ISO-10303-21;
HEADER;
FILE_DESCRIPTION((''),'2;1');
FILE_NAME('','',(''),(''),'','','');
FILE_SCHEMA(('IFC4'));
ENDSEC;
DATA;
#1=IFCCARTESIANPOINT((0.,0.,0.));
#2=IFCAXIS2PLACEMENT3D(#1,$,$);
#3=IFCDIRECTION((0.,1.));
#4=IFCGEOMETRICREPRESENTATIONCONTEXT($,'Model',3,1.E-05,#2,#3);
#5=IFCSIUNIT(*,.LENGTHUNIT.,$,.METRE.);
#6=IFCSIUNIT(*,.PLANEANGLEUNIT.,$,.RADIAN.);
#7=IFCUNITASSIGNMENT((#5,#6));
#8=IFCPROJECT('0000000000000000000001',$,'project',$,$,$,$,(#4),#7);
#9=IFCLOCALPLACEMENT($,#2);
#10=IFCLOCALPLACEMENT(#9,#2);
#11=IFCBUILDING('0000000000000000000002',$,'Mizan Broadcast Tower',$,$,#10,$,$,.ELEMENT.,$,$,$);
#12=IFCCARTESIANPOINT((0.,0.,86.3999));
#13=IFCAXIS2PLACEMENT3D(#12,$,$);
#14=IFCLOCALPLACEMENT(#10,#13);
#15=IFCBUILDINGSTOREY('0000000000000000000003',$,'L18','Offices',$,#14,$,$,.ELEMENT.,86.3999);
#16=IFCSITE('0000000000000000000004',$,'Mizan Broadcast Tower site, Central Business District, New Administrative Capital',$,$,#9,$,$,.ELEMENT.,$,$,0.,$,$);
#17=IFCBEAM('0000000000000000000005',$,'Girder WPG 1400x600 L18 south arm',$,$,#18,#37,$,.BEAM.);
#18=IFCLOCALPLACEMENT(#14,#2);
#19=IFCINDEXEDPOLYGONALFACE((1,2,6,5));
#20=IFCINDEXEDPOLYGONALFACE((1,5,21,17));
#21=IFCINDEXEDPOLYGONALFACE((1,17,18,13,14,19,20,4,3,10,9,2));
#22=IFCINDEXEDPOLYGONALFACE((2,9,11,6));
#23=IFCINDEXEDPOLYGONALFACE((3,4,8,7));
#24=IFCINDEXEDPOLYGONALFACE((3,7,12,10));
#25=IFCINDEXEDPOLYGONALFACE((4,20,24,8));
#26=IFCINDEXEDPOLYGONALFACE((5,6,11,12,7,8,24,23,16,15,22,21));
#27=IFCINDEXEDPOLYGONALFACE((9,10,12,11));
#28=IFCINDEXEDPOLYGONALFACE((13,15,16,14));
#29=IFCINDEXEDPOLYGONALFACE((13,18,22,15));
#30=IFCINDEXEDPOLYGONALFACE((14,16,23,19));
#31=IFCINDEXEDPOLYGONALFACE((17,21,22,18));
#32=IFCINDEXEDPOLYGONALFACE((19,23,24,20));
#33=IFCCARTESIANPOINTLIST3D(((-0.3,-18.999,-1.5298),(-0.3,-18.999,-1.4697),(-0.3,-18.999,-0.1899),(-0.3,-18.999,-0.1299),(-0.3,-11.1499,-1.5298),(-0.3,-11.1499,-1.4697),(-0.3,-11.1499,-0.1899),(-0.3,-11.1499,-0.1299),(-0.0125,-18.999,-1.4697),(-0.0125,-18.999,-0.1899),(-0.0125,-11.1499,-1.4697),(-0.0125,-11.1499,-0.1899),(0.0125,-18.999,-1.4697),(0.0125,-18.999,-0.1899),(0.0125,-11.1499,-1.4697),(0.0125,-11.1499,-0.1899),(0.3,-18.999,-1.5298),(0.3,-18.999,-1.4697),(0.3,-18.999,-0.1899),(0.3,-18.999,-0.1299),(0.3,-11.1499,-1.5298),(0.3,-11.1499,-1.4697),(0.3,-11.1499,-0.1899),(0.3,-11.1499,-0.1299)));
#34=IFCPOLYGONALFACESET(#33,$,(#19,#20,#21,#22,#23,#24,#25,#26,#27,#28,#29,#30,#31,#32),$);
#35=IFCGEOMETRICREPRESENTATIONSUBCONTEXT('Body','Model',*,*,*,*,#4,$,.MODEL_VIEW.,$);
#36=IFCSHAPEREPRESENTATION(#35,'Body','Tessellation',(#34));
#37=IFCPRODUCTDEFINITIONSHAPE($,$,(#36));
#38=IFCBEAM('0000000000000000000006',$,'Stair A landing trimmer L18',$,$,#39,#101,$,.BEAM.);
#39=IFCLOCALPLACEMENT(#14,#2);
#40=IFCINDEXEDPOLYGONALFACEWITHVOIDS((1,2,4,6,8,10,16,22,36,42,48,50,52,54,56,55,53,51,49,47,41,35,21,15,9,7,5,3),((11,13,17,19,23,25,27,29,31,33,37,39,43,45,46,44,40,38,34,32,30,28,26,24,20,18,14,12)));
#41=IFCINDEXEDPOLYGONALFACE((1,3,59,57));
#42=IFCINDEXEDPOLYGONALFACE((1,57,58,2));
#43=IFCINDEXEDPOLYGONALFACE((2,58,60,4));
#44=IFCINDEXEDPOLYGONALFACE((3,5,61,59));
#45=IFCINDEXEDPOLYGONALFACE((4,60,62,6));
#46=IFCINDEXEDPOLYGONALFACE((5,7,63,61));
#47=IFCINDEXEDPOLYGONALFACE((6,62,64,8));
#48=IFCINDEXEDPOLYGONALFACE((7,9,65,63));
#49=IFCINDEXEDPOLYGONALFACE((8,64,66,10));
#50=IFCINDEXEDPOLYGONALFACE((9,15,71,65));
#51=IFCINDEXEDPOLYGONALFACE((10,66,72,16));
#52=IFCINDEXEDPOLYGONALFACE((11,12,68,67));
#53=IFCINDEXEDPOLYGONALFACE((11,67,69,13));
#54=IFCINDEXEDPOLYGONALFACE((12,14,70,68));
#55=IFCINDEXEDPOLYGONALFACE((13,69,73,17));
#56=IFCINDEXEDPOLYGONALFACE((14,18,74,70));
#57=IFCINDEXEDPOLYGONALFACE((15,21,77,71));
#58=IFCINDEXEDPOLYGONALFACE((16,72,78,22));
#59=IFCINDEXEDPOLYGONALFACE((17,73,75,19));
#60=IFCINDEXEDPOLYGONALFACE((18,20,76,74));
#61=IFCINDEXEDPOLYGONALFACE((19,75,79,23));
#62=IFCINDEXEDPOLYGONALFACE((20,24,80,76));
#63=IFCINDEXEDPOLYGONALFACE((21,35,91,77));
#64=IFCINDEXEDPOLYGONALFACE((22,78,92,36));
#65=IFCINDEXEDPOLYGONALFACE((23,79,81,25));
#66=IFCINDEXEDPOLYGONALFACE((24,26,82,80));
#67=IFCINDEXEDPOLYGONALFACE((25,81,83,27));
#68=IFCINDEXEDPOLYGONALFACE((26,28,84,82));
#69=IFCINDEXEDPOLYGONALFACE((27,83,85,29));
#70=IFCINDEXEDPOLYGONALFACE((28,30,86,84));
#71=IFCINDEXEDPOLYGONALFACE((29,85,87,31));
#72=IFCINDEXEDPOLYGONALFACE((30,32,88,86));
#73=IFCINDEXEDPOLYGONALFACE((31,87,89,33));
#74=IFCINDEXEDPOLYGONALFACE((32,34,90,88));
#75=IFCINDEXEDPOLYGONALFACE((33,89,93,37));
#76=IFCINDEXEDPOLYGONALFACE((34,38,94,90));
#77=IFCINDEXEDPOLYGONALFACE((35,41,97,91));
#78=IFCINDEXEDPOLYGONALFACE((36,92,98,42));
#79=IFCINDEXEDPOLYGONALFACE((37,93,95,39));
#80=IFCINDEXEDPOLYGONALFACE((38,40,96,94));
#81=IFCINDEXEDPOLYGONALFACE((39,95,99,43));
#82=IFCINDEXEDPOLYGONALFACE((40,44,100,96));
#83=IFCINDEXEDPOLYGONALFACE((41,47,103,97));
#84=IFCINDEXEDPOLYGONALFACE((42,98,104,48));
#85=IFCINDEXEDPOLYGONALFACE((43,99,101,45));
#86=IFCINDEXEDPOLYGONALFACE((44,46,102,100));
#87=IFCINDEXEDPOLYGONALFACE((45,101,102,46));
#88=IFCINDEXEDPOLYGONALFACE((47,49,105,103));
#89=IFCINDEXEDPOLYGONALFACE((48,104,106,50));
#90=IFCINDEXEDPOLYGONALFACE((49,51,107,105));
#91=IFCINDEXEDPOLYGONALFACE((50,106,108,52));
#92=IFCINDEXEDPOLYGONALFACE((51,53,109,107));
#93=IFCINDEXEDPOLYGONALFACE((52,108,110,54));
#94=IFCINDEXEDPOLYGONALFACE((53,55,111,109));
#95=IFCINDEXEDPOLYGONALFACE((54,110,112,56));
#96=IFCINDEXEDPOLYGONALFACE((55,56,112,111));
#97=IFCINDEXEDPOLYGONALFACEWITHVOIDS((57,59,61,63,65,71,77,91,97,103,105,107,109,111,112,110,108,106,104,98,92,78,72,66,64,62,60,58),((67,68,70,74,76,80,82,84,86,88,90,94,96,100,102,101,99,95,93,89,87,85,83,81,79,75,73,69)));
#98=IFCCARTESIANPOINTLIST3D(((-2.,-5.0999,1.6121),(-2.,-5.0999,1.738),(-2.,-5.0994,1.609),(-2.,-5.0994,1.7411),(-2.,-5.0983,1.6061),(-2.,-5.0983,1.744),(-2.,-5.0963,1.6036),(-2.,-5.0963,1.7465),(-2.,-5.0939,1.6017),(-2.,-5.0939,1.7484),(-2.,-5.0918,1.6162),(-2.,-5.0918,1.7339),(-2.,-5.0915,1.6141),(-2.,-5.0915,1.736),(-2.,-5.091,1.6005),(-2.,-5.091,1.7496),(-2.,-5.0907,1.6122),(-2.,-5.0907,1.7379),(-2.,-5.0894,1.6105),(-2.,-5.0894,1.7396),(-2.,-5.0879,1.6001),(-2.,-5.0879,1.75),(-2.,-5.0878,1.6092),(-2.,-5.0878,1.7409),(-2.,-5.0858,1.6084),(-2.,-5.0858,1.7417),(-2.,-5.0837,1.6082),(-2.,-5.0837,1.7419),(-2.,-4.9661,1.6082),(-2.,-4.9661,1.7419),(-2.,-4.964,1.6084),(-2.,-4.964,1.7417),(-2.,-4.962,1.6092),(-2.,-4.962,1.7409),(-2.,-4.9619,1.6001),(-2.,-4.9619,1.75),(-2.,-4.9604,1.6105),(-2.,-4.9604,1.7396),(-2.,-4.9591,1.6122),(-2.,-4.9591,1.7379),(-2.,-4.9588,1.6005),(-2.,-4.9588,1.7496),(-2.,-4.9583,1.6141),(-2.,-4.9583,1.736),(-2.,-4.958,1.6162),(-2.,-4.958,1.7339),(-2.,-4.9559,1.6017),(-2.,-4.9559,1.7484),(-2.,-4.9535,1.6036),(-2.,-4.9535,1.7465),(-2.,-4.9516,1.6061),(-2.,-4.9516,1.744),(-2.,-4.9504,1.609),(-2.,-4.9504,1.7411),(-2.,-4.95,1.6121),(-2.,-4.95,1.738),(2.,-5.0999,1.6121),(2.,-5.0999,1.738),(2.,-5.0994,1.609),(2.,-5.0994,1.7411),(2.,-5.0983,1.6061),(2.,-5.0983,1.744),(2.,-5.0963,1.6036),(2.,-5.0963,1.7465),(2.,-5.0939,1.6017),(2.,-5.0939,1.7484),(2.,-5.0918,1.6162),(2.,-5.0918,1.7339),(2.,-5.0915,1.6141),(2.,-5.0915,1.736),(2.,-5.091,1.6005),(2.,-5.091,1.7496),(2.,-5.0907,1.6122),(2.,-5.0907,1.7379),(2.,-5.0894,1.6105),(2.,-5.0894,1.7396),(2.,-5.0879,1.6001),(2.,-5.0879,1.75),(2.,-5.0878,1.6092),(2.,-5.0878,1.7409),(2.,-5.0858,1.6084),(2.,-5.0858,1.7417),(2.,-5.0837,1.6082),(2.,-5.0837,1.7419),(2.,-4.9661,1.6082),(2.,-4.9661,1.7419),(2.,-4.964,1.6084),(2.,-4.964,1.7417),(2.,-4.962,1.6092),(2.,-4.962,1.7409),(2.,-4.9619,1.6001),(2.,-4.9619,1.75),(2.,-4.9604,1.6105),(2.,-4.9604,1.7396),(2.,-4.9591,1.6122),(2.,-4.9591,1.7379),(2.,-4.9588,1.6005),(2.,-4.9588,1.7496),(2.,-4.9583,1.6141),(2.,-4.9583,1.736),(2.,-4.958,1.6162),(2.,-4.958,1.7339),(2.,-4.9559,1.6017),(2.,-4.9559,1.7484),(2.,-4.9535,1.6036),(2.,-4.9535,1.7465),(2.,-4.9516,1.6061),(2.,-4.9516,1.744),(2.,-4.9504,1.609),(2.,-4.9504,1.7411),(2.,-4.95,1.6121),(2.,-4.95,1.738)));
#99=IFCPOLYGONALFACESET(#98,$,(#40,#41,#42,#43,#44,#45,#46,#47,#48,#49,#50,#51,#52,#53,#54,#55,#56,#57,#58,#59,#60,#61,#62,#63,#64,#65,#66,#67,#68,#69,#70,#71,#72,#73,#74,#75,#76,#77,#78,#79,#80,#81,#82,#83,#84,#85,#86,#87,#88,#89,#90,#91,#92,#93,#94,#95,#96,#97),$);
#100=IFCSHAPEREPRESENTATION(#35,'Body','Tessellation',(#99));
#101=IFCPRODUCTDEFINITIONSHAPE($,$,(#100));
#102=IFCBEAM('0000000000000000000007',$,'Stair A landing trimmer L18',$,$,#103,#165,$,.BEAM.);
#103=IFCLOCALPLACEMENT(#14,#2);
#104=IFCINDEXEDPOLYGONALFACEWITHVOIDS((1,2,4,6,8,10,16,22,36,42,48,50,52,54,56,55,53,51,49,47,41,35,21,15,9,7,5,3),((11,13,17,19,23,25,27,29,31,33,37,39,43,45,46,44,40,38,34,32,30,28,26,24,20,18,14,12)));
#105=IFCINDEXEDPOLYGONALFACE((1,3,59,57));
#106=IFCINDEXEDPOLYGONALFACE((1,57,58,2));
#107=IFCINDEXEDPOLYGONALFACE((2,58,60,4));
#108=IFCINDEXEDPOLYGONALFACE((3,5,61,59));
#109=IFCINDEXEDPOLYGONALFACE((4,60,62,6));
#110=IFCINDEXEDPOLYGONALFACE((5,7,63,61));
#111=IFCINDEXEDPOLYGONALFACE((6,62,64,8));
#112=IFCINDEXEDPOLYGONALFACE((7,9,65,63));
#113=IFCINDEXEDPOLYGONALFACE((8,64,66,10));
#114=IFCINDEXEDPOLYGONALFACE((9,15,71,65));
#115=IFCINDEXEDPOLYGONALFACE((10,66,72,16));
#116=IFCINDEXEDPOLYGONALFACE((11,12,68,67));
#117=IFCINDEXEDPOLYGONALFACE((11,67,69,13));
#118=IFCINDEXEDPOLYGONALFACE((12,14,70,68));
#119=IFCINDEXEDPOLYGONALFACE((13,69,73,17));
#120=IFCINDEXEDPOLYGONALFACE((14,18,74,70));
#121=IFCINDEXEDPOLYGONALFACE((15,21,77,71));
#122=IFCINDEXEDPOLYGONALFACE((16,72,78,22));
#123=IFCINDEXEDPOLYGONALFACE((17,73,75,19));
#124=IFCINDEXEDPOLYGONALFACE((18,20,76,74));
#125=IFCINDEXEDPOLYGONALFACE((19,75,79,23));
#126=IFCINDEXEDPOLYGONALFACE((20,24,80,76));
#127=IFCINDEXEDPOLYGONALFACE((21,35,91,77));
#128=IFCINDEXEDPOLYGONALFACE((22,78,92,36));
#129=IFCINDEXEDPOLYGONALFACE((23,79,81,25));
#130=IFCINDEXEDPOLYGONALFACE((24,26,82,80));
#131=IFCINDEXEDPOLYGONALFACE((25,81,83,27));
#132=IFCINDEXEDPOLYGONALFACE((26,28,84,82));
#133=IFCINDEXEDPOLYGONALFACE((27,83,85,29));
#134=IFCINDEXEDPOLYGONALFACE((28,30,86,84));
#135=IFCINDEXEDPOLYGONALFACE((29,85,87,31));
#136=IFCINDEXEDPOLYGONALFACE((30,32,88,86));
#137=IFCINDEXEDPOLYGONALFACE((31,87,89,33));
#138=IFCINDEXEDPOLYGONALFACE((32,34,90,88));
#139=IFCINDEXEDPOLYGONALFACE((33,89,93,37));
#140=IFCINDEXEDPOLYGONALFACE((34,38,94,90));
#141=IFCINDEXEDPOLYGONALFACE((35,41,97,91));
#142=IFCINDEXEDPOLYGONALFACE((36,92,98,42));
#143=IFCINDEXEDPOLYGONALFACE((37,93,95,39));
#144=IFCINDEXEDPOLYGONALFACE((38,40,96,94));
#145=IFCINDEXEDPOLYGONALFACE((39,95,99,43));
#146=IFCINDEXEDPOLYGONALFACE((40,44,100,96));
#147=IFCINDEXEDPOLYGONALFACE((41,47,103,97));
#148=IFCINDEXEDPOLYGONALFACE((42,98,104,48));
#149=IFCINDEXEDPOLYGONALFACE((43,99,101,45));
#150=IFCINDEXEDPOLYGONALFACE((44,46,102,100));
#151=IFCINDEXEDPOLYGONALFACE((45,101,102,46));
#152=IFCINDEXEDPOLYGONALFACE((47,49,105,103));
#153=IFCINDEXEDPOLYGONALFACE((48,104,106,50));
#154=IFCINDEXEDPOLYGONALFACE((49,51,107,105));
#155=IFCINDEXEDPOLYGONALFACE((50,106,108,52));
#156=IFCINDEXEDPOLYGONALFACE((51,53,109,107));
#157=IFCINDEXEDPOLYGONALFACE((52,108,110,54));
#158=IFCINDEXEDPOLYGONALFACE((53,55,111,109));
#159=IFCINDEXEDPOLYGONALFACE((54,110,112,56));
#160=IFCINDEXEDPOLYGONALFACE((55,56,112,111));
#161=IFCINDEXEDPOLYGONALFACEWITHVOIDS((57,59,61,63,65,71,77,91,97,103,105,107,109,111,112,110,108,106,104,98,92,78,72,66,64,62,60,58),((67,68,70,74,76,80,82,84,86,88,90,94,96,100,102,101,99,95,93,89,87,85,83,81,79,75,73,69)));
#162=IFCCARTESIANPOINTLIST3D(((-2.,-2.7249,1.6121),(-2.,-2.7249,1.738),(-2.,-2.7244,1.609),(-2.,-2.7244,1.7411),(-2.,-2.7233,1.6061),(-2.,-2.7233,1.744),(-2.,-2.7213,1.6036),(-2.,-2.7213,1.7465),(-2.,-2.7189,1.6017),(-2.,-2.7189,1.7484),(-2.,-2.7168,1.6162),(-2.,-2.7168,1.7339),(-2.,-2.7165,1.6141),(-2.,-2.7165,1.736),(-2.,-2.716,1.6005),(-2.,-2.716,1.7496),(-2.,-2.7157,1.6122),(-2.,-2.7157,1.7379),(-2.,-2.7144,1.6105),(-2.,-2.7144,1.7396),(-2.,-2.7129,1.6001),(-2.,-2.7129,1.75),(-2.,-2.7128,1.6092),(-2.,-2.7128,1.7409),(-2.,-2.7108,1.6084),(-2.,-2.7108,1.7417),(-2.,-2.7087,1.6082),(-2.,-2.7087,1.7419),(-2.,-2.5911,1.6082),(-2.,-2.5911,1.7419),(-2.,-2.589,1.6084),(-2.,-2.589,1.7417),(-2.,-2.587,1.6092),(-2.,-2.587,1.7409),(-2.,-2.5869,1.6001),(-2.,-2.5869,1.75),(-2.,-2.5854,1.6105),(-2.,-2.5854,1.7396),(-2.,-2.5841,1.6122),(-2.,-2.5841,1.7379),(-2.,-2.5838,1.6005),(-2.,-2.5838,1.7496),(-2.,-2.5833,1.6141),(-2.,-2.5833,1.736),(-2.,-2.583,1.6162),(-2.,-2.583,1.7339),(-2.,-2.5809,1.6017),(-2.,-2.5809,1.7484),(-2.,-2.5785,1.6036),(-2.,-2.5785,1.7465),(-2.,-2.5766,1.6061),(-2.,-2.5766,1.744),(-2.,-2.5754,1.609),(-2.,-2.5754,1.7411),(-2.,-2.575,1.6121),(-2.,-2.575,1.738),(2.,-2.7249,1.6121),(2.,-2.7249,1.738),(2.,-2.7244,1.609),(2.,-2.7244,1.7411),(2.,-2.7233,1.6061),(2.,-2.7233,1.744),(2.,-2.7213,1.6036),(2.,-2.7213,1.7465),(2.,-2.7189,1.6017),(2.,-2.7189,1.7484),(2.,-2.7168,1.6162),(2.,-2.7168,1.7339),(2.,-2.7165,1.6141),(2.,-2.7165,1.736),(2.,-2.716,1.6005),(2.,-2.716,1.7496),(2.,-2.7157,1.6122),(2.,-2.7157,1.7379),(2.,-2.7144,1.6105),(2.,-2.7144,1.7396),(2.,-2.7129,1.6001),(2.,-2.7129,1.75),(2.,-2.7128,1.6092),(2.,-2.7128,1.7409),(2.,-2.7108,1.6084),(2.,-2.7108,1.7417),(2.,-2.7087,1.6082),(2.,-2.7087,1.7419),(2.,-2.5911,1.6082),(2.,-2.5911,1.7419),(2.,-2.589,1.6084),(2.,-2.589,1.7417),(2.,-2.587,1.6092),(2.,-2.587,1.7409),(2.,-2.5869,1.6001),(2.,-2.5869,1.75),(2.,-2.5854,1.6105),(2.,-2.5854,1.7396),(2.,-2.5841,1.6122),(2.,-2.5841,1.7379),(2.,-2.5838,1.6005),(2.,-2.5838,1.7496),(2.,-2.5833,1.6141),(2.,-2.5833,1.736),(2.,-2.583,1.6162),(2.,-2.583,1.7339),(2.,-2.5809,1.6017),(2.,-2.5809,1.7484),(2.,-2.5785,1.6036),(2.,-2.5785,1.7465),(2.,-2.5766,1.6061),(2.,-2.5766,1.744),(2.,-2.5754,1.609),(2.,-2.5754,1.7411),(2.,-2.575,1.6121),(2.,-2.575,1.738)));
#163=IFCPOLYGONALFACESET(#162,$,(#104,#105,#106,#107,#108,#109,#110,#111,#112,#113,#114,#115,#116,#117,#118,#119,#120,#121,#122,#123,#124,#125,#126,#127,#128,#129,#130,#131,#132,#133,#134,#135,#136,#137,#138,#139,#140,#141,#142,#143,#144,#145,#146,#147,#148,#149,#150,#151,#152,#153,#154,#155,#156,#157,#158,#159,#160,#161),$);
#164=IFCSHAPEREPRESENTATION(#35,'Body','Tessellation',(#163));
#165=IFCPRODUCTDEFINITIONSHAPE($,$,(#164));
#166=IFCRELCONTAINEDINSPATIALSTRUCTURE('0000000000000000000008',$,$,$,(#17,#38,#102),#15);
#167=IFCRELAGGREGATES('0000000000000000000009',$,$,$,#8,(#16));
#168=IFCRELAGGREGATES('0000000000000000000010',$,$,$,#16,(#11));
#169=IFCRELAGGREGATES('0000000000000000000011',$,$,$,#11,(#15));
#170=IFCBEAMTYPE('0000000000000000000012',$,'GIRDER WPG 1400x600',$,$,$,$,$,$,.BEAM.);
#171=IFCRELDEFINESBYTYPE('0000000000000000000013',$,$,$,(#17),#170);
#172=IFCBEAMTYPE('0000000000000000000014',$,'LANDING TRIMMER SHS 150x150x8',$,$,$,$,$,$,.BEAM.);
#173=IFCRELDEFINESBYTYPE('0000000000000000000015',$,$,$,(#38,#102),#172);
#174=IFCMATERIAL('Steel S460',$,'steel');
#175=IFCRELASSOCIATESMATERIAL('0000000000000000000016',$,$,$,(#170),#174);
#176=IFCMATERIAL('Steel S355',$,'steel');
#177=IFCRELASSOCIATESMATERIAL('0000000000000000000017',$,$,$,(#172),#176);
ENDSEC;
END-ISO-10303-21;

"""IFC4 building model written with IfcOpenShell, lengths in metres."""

from ifc_helpers import new_model, si_unit, direction, frame, origin, origin_2d, place, context, subcontext, project, spatial, hollow_rectangle, i_section, extrude, material, material_profile, profile_set, type_object, element, save


model = new_model("IFC4")

# Units and contexts
model_context = context("Model", 3, precision=1e-05, world=origin(), true_north=direction((0.0, 1.0)))
body_context = subcontext(model_context, "Body", "Model", "MODEL_VIEW")
ifc_project = project(units=[si_unit("LENGTHUNIT", "METRE"), si_unit("PLANEANGLEUNIT", "RADIAN")], contexts=[model_context])

# Site, building, storey
site_placement = place(None, origin())
site = spatial("IfcSite", under=ifc_project, at=site_placement, Name="Mizan Broadcast Tower site, Central Business District, New Administrative Capital", CompositionType="ELEMENT", RefElevation=0.0)
building_placement = place(site_placement, origin())
building = spatial("IfcBuilding", under=site, at=building_placement, Name="Mizan Broadcast Tower", CompositionType="ELEMENT")
storey_placement = place(building_placement, frame((0.0, 0.0, 86.3999)))
storey = spatial("IfcBuildingStorey", under=building, at=storey_placement, Name="L18", Description="Offices", CompositionType="ELEMENT", Elevation=86.3999)

# Beams
ifc_material_1 = material(Name="Steel S460", Category="steel")
ifc_material_profile_1 = material_profile(ifc_material_1, i_section(OverallWidth=0.6001, OverallDepth=1.3999, WebThickness=0.0249, FlangeThickness=0.0601, at=origin_2d()), Name="WPG 1400x600")
ifc_profile_set_1 = profile_set([ifc_material_profile_1], Name="Steel S460")
beam_type_1 = type_object("IfcBeamType", Name="GIRDER WPG 1400x600", PredefinedType="BEAM", material=ifc_profile_set_1)
beam_placement = place(storey_placement, frame((0.0, -11.1499, -0.8298), z_axis=(0.0, -1.0, 0.0), x_axis=(1.0, 0.0, 0.0)))
element("IfcBeam", 1, at=beam_placement, inside=storey, type_object=beam_type_1, Name="Girder WPG 1400x600 L18 south arm", PredefinedType="BEAM", context=body_context, shape_type="SweptSolid", body=[
    extrude(i_section(OverallWidth=0.6001, OverallDepth=1.3999, WebThickness=0.0249, FlangeThickness=0.0601, at=origin_2d()), origin(), (0.0, 0.0, 1.0), 7.8491),
])
ifc_material_2 = material(Name="Steel S355", Category="steel")
ifc_material_profile_2 = material_profile(ifc_material_2, hollow_rectangle(XDim=0.1499, YDim=0.1499, WallThickness=0.0081, InnerFilletRadius=0.0081, OuterFilletRadius=0.012, at=origin_2d()), Name="SHS 150x150x8")
ifc_profile_set_2 = profile_set([ifc_material_profile_2], Name="Steel S355")
beam_type_2 = type_object("IfcBeamType", Name="LANDING TRIMMER SHS 150x150x8", PredefinedType="BEAM", material=ifc_profile_set_2)
for number, where, z_axis, x_axis, name in (
    (2, (-2.0, -5.0249, 1.675), (1.0, 0.0, 0.0), (0.0, 1.0, 0.0), "Stair A landing trimmer L18"),
    (3, (-2.0, -2.6499, 1.675), (1.0, 0.0, 0.0), (0.0, 1.0, 0.0), "Stair A landing trimmer L18"),
):
    element("IfcBeam", number, at=place(storey_placement, frame(where, z_axis=z_axis, x_axis=x_axis)), inside=storey, type_object=beam_type_2, Name=name, PredefinedType="BEAM", context=body_context, shape_type="SweptSolid", body=[
        extrude(hollow_rectangle(XDim=0.1499, YDim=0.1499, WallThickness=0.0081, InnerFilletRadius=0.0081, OuterFilletRadius=0.012, at=origin_2d()), origin(), (0.0, 0.0, 1.0), 4.0),
    ])

save(model, "model.ifc")
